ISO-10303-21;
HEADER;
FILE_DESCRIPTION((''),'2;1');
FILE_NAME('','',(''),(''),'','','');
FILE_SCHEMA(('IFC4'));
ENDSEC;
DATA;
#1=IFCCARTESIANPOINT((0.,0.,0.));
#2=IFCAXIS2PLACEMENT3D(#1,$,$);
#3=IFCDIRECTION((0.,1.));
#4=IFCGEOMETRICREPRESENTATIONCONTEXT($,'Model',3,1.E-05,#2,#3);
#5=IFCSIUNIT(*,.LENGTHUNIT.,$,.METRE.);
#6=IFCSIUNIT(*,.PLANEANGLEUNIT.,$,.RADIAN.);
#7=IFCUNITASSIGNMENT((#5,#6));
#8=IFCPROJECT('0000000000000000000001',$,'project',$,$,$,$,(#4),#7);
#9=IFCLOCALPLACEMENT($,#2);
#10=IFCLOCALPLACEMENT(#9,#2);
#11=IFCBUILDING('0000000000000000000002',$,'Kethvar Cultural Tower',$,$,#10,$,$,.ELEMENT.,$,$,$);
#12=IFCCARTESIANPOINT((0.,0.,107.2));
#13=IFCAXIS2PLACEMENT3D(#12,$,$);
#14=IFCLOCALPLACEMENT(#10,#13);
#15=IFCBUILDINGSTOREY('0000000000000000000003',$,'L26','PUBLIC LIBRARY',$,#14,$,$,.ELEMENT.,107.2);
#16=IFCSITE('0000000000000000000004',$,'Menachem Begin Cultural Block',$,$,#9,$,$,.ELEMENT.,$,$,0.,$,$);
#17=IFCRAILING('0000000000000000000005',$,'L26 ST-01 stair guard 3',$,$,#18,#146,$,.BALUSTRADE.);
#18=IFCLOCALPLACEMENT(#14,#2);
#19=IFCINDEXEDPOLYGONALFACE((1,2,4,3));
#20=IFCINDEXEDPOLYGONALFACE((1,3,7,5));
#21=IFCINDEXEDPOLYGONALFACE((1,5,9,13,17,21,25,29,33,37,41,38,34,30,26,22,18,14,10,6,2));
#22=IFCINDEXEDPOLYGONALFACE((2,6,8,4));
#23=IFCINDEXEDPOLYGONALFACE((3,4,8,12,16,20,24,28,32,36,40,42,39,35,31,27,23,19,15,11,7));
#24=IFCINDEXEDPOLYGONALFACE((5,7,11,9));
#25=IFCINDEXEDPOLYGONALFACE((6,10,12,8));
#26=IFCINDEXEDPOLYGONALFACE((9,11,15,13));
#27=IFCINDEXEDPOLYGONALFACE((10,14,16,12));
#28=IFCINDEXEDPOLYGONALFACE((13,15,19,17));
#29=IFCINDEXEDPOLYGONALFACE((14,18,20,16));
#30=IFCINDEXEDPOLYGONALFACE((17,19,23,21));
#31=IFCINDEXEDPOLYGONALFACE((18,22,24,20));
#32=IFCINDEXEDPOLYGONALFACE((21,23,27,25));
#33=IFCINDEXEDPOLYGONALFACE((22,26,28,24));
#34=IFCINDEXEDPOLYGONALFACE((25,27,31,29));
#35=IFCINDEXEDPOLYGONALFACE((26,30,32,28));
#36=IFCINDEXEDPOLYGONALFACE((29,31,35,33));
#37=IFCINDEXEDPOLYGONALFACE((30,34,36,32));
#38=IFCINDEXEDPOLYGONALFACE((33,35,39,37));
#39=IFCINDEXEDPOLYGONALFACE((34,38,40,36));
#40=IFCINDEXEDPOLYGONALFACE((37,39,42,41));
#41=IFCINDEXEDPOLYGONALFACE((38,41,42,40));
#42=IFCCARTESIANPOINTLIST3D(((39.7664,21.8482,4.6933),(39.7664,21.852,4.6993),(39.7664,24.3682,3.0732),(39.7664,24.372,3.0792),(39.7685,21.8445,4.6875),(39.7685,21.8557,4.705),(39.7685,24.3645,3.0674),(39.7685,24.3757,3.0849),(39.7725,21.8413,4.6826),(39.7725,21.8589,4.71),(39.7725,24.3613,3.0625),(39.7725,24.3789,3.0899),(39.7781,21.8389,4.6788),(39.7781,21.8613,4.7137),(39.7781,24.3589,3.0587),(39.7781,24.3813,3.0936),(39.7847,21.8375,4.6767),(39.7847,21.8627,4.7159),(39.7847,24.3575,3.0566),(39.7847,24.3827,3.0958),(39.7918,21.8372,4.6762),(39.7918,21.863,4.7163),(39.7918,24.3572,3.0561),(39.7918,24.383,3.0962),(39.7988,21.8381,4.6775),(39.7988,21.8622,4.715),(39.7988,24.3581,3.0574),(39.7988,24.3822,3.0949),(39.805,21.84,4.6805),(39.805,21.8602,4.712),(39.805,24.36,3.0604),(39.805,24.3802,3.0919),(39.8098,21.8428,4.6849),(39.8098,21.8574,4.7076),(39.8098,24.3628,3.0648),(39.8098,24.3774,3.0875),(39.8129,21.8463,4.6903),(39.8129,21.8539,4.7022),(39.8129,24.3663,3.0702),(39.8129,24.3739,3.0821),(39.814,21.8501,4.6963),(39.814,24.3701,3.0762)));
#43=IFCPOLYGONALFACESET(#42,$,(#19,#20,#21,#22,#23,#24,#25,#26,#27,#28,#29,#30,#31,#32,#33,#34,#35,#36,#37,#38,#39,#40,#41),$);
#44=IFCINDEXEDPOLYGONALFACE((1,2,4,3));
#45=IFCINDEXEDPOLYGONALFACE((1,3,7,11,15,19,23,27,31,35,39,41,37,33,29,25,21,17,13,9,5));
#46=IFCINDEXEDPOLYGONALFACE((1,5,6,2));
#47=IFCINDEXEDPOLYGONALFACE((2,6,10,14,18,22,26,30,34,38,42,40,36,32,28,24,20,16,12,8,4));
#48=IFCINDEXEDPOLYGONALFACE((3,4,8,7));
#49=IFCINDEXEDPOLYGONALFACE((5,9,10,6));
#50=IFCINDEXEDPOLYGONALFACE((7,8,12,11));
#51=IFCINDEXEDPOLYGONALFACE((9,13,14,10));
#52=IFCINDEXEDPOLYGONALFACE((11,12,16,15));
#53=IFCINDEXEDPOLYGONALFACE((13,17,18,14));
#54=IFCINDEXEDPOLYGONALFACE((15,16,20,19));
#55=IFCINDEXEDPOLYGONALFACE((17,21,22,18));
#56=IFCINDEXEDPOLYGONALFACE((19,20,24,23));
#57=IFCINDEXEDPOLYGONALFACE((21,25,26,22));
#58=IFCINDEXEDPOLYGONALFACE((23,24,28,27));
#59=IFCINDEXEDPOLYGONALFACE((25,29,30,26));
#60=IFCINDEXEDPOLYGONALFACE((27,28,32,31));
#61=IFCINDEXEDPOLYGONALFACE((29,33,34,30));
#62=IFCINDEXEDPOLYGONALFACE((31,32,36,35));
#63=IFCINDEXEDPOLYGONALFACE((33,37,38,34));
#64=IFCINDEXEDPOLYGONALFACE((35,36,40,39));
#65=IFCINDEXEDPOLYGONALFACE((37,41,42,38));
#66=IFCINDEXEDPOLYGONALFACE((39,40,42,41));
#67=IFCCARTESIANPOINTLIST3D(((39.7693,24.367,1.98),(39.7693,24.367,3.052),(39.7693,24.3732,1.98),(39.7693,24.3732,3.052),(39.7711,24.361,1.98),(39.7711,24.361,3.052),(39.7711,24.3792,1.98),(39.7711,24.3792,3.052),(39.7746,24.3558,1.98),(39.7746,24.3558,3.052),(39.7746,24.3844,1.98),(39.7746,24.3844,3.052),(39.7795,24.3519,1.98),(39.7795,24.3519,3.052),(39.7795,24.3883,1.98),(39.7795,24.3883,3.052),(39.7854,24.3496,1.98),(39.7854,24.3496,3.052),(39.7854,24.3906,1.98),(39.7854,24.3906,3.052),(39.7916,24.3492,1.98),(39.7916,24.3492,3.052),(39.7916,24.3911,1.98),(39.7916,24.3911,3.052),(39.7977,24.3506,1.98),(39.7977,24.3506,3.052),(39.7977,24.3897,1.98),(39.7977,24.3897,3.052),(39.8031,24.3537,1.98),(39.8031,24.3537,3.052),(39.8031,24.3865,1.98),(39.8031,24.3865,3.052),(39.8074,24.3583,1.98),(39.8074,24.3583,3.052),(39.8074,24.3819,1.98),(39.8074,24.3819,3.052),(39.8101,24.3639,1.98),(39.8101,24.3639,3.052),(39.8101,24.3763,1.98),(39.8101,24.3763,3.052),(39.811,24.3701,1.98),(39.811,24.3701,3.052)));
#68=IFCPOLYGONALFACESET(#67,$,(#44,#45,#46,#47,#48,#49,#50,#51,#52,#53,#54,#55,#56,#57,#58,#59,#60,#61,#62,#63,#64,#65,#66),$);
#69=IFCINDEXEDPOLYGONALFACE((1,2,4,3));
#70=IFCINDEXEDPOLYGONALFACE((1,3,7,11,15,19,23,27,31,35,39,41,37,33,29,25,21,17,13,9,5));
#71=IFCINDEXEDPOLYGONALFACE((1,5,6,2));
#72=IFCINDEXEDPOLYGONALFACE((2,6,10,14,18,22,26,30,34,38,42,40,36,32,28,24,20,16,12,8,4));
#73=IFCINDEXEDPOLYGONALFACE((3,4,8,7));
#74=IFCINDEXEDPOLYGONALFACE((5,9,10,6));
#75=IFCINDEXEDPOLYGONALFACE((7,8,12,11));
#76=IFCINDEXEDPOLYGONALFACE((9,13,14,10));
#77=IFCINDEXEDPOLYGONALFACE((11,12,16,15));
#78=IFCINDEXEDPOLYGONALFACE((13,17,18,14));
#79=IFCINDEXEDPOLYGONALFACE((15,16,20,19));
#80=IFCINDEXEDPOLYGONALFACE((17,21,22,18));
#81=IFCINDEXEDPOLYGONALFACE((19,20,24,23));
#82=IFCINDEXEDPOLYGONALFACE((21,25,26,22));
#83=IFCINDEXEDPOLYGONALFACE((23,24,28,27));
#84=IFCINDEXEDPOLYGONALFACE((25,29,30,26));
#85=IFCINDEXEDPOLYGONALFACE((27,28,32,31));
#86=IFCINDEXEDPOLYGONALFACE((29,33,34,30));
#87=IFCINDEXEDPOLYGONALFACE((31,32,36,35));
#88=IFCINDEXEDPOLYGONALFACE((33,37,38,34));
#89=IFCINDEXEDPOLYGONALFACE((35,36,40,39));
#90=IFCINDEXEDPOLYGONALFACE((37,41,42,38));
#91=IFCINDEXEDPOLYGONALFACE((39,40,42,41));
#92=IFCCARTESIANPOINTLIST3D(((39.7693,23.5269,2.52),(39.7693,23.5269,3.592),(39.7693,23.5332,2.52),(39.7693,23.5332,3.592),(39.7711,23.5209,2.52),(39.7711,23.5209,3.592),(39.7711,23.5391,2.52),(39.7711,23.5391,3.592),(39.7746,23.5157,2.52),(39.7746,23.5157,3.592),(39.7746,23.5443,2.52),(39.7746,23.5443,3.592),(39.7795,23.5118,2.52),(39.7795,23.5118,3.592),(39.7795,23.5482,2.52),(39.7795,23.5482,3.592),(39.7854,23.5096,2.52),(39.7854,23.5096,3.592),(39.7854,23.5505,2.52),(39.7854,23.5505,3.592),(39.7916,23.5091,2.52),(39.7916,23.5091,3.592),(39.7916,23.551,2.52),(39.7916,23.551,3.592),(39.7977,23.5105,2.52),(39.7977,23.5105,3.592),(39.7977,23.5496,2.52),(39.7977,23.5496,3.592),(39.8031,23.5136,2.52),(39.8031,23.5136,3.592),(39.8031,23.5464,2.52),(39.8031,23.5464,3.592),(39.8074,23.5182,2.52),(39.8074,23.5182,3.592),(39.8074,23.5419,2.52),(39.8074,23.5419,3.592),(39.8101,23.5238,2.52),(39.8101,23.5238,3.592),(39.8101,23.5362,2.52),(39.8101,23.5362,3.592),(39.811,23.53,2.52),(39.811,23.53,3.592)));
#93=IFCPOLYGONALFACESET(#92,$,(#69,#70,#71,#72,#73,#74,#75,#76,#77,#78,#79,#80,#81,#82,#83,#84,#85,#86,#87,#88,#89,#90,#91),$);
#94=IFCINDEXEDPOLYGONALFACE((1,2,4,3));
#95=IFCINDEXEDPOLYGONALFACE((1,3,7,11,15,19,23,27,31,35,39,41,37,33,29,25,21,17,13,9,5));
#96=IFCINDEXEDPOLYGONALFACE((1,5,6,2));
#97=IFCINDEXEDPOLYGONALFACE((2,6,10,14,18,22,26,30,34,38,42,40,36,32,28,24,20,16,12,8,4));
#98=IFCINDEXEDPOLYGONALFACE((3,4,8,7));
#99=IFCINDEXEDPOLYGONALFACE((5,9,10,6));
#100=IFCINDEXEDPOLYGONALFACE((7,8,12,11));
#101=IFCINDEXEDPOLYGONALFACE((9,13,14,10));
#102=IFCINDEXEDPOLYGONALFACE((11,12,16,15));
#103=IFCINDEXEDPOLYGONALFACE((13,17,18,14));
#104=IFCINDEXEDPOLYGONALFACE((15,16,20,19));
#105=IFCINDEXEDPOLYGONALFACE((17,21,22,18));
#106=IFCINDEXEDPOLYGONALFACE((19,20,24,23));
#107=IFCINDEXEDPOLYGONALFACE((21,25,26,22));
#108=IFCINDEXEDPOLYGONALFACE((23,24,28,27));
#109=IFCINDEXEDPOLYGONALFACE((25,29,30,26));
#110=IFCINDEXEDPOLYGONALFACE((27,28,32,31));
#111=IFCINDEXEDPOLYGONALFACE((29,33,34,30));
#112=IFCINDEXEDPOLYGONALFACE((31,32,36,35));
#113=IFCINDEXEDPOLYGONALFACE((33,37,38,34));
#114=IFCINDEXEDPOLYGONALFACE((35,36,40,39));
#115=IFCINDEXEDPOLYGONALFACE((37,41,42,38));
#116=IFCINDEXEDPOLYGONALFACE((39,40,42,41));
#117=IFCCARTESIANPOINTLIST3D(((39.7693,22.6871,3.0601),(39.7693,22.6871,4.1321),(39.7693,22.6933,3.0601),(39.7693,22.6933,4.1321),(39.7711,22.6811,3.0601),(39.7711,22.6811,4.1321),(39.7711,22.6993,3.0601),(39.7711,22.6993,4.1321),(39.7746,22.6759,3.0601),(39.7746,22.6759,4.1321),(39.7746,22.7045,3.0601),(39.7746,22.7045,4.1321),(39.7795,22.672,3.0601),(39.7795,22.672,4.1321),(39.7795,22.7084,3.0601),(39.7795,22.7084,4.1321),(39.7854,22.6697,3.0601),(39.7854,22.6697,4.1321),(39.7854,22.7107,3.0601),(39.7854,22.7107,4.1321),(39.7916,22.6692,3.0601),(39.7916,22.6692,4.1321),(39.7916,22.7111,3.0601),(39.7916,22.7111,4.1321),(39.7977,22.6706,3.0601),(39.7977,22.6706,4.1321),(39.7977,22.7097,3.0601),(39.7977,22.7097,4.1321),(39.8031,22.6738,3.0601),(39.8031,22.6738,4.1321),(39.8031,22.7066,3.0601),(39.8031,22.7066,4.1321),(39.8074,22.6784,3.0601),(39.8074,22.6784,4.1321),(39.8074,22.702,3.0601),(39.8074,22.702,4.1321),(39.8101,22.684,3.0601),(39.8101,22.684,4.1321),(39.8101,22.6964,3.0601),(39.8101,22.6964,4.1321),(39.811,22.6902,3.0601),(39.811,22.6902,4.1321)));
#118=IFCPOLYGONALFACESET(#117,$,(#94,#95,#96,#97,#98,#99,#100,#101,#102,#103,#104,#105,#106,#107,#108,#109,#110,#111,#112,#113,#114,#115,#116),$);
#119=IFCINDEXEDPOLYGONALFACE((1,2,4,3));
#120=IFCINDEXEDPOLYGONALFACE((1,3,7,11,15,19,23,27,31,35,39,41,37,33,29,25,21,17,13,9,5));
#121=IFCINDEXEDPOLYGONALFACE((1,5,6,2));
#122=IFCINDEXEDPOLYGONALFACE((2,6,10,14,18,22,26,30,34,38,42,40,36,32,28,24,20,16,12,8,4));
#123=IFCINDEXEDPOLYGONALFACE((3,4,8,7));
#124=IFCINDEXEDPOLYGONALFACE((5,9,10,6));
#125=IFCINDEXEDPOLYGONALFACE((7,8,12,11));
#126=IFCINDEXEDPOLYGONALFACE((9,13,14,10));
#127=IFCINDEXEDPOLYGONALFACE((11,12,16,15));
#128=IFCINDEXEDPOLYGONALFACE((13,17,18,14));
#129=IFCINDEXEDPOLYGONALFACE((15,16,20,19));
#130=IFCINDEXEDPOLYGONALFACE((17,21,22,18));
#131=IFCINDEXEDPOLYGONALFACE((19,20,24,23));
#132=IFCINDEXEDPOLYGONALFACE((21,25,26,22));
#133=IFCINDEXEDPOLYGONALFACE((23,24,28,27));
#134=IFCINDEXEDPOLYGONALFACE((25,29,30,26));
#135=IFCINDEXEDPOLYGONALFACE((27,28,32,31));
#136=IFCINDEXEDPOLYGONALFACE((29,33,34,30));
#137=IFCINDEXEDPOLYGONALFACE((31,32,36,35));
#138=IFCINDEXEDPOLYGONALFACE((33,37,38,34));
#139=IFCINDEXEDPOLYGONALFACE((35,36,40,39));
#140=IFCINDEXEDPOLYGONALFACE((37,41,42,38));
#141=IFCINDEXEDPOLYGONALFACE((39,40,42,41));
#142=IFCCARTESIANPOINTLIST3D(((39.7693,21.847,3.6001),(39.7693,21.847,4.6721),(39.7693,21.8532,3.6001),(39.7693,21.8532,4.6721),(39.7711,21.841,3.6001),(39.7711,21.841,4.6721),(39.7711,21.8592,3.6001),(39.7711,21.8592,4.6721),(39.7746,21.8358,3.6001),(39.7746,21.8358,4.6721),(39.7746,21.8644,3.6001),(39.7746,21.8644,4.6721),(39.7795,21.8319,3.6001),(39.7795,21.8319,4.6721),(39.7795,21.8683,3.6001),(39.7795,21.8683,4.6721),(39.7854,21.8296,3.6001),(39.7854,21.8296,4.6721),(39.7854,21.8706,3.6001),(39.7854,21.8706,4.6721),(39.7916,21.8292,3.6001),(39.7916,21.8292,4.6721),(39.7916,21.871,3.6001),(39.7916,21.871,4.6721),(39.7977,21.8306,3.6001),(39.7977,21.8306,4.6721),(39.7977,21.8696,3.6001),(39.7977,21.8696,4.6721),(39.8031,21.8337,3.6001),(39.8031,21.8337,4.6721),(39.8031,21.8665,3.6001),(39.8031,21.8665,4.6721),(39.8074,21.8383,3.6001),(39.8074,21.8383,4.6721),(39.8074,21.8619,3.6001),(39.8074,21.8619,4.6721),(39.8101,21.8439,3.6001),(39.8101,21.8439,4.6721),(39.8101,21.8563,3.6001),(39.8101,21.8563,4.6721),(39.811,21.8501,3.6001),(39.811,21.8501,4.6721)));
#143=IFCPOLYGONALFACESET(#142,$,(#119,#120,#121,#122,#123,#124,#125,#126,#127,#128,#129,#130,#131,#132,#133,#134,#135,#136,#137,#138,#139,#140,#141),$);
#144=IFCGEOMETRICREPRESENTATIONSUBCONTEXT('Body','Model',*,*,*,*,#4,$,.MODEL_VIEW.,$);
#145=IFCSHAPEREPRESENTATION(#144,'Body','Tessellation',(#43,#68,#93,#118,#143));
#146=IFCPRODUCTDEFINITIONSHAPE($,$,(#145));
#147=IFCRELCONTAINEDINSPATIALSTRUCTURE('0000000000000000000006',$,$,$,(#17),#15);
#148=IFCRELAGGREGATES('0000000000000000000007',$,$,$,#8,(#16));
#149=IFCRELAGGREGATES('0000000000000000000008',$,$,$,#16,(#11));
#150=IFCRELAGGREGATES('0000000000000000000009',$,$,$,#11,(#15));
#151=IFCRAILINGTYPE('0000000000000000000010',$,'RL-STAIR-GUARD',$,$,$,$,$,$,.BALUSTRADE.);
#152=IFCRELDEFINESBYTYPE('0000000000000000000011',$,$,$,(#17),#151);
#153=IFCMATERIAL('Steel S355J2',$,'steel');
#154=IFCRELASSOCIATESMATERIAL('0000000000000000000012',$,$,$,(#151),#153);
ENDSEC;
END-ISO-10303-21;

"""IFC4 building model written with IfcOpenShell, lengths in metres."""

from ifc_helpers import new_model, si_unit, direction, frame, origin, origin_2d, place, context, subcontext, project, spatial, circle, extrude, material, type_object, element, save


model = new_model("IFC4")

# Units and contexts
model_context = context("Model", 3, precision=1e-05, world=origin(), true_north=direction((0.0, 1.0)))
body_context = subcontext(model_context, "Body", "Model", "MODEL_VIEW")
ifc_project = project(units=[si_unit("LENGTHUNIT", "METRE"), si_unit("PLANEANGLEUNIT", "RADIAN")], contexts=[model_context])

# Site, building, storey
site_placement = place(None, origin())
site = spatial("IfcSite", under=ifc_project, at=site_placement, Name="Menachem Begin Cultural Block", CompositionType="ELEMENT", RefElevation=0.0)
building_placement = place(site_placement, origin())
building = spatial("IfcBuilding", under=site, at=building_placement, Name="Kethvar Cultural Tower", CompositionType="ELEMENT")
storey_placement = place(building_placement, frame((0.0, 0.0, 107.2)))
storey = spatial("IfcBuildingStorey", under=building, at=storey_placement, Name="L26", Description="PUBLIC LIBRARY", CompositionType="ELEMENT", Elevation=107.2)

# Shared definitions
ifc_material_1 = material(Name="Steel S355J2", Category="steel")

# Railing
railing_type = type_object("IfcRailingType", Name="RL-STAIR-GUARD", PredefinedType="BALUSTRADE", material=ifc_material_1)
railing_1_placement = place(storey_placement, frame((39.79, 24.3701, 1.98)))
element("IfcRailing", 1, at=railing_1_placement, inside=storey, type_object=railing_type, Name="L26 ST-01 stair guard 3", PredefinedType="BALUSTRADE", context=body_context, shape_type="SweptSolid", body=[
    extrude(circle(Radius=0.0239, at=origin_2d()), frame((0.0, 0.0, 1.0962), z_axis=(0.0, -0.841163, 0.540782), x_axis=(1.0, 0.0, 0.0)), (0.0, 0.0, 1.0), 2.9958),
    extrude(circle(Radius=0.021, at=origin_2d()), origin(), (0.0, 0.0, 1.0), 1.072),
    extrude(circle(Radius=0.021, at=origin_2d()), frame((0.0, -0.8401, 0.54)), (0.0, 0.0, 1.0), 1.072),
    extrude(circle(Radius=0.021, at=origin_2d()), frame((0.0, -1.6799, 1.0801)), (0.0, 0.0, 1.0), 1.072),
    extrude(circle(Radius=0.021, at=origin_2d()), frame((0.0, -2.52, 1.6201)), (0.0, 0.0, 1.0), 1.072),
])

save(model, "model.ifc")
